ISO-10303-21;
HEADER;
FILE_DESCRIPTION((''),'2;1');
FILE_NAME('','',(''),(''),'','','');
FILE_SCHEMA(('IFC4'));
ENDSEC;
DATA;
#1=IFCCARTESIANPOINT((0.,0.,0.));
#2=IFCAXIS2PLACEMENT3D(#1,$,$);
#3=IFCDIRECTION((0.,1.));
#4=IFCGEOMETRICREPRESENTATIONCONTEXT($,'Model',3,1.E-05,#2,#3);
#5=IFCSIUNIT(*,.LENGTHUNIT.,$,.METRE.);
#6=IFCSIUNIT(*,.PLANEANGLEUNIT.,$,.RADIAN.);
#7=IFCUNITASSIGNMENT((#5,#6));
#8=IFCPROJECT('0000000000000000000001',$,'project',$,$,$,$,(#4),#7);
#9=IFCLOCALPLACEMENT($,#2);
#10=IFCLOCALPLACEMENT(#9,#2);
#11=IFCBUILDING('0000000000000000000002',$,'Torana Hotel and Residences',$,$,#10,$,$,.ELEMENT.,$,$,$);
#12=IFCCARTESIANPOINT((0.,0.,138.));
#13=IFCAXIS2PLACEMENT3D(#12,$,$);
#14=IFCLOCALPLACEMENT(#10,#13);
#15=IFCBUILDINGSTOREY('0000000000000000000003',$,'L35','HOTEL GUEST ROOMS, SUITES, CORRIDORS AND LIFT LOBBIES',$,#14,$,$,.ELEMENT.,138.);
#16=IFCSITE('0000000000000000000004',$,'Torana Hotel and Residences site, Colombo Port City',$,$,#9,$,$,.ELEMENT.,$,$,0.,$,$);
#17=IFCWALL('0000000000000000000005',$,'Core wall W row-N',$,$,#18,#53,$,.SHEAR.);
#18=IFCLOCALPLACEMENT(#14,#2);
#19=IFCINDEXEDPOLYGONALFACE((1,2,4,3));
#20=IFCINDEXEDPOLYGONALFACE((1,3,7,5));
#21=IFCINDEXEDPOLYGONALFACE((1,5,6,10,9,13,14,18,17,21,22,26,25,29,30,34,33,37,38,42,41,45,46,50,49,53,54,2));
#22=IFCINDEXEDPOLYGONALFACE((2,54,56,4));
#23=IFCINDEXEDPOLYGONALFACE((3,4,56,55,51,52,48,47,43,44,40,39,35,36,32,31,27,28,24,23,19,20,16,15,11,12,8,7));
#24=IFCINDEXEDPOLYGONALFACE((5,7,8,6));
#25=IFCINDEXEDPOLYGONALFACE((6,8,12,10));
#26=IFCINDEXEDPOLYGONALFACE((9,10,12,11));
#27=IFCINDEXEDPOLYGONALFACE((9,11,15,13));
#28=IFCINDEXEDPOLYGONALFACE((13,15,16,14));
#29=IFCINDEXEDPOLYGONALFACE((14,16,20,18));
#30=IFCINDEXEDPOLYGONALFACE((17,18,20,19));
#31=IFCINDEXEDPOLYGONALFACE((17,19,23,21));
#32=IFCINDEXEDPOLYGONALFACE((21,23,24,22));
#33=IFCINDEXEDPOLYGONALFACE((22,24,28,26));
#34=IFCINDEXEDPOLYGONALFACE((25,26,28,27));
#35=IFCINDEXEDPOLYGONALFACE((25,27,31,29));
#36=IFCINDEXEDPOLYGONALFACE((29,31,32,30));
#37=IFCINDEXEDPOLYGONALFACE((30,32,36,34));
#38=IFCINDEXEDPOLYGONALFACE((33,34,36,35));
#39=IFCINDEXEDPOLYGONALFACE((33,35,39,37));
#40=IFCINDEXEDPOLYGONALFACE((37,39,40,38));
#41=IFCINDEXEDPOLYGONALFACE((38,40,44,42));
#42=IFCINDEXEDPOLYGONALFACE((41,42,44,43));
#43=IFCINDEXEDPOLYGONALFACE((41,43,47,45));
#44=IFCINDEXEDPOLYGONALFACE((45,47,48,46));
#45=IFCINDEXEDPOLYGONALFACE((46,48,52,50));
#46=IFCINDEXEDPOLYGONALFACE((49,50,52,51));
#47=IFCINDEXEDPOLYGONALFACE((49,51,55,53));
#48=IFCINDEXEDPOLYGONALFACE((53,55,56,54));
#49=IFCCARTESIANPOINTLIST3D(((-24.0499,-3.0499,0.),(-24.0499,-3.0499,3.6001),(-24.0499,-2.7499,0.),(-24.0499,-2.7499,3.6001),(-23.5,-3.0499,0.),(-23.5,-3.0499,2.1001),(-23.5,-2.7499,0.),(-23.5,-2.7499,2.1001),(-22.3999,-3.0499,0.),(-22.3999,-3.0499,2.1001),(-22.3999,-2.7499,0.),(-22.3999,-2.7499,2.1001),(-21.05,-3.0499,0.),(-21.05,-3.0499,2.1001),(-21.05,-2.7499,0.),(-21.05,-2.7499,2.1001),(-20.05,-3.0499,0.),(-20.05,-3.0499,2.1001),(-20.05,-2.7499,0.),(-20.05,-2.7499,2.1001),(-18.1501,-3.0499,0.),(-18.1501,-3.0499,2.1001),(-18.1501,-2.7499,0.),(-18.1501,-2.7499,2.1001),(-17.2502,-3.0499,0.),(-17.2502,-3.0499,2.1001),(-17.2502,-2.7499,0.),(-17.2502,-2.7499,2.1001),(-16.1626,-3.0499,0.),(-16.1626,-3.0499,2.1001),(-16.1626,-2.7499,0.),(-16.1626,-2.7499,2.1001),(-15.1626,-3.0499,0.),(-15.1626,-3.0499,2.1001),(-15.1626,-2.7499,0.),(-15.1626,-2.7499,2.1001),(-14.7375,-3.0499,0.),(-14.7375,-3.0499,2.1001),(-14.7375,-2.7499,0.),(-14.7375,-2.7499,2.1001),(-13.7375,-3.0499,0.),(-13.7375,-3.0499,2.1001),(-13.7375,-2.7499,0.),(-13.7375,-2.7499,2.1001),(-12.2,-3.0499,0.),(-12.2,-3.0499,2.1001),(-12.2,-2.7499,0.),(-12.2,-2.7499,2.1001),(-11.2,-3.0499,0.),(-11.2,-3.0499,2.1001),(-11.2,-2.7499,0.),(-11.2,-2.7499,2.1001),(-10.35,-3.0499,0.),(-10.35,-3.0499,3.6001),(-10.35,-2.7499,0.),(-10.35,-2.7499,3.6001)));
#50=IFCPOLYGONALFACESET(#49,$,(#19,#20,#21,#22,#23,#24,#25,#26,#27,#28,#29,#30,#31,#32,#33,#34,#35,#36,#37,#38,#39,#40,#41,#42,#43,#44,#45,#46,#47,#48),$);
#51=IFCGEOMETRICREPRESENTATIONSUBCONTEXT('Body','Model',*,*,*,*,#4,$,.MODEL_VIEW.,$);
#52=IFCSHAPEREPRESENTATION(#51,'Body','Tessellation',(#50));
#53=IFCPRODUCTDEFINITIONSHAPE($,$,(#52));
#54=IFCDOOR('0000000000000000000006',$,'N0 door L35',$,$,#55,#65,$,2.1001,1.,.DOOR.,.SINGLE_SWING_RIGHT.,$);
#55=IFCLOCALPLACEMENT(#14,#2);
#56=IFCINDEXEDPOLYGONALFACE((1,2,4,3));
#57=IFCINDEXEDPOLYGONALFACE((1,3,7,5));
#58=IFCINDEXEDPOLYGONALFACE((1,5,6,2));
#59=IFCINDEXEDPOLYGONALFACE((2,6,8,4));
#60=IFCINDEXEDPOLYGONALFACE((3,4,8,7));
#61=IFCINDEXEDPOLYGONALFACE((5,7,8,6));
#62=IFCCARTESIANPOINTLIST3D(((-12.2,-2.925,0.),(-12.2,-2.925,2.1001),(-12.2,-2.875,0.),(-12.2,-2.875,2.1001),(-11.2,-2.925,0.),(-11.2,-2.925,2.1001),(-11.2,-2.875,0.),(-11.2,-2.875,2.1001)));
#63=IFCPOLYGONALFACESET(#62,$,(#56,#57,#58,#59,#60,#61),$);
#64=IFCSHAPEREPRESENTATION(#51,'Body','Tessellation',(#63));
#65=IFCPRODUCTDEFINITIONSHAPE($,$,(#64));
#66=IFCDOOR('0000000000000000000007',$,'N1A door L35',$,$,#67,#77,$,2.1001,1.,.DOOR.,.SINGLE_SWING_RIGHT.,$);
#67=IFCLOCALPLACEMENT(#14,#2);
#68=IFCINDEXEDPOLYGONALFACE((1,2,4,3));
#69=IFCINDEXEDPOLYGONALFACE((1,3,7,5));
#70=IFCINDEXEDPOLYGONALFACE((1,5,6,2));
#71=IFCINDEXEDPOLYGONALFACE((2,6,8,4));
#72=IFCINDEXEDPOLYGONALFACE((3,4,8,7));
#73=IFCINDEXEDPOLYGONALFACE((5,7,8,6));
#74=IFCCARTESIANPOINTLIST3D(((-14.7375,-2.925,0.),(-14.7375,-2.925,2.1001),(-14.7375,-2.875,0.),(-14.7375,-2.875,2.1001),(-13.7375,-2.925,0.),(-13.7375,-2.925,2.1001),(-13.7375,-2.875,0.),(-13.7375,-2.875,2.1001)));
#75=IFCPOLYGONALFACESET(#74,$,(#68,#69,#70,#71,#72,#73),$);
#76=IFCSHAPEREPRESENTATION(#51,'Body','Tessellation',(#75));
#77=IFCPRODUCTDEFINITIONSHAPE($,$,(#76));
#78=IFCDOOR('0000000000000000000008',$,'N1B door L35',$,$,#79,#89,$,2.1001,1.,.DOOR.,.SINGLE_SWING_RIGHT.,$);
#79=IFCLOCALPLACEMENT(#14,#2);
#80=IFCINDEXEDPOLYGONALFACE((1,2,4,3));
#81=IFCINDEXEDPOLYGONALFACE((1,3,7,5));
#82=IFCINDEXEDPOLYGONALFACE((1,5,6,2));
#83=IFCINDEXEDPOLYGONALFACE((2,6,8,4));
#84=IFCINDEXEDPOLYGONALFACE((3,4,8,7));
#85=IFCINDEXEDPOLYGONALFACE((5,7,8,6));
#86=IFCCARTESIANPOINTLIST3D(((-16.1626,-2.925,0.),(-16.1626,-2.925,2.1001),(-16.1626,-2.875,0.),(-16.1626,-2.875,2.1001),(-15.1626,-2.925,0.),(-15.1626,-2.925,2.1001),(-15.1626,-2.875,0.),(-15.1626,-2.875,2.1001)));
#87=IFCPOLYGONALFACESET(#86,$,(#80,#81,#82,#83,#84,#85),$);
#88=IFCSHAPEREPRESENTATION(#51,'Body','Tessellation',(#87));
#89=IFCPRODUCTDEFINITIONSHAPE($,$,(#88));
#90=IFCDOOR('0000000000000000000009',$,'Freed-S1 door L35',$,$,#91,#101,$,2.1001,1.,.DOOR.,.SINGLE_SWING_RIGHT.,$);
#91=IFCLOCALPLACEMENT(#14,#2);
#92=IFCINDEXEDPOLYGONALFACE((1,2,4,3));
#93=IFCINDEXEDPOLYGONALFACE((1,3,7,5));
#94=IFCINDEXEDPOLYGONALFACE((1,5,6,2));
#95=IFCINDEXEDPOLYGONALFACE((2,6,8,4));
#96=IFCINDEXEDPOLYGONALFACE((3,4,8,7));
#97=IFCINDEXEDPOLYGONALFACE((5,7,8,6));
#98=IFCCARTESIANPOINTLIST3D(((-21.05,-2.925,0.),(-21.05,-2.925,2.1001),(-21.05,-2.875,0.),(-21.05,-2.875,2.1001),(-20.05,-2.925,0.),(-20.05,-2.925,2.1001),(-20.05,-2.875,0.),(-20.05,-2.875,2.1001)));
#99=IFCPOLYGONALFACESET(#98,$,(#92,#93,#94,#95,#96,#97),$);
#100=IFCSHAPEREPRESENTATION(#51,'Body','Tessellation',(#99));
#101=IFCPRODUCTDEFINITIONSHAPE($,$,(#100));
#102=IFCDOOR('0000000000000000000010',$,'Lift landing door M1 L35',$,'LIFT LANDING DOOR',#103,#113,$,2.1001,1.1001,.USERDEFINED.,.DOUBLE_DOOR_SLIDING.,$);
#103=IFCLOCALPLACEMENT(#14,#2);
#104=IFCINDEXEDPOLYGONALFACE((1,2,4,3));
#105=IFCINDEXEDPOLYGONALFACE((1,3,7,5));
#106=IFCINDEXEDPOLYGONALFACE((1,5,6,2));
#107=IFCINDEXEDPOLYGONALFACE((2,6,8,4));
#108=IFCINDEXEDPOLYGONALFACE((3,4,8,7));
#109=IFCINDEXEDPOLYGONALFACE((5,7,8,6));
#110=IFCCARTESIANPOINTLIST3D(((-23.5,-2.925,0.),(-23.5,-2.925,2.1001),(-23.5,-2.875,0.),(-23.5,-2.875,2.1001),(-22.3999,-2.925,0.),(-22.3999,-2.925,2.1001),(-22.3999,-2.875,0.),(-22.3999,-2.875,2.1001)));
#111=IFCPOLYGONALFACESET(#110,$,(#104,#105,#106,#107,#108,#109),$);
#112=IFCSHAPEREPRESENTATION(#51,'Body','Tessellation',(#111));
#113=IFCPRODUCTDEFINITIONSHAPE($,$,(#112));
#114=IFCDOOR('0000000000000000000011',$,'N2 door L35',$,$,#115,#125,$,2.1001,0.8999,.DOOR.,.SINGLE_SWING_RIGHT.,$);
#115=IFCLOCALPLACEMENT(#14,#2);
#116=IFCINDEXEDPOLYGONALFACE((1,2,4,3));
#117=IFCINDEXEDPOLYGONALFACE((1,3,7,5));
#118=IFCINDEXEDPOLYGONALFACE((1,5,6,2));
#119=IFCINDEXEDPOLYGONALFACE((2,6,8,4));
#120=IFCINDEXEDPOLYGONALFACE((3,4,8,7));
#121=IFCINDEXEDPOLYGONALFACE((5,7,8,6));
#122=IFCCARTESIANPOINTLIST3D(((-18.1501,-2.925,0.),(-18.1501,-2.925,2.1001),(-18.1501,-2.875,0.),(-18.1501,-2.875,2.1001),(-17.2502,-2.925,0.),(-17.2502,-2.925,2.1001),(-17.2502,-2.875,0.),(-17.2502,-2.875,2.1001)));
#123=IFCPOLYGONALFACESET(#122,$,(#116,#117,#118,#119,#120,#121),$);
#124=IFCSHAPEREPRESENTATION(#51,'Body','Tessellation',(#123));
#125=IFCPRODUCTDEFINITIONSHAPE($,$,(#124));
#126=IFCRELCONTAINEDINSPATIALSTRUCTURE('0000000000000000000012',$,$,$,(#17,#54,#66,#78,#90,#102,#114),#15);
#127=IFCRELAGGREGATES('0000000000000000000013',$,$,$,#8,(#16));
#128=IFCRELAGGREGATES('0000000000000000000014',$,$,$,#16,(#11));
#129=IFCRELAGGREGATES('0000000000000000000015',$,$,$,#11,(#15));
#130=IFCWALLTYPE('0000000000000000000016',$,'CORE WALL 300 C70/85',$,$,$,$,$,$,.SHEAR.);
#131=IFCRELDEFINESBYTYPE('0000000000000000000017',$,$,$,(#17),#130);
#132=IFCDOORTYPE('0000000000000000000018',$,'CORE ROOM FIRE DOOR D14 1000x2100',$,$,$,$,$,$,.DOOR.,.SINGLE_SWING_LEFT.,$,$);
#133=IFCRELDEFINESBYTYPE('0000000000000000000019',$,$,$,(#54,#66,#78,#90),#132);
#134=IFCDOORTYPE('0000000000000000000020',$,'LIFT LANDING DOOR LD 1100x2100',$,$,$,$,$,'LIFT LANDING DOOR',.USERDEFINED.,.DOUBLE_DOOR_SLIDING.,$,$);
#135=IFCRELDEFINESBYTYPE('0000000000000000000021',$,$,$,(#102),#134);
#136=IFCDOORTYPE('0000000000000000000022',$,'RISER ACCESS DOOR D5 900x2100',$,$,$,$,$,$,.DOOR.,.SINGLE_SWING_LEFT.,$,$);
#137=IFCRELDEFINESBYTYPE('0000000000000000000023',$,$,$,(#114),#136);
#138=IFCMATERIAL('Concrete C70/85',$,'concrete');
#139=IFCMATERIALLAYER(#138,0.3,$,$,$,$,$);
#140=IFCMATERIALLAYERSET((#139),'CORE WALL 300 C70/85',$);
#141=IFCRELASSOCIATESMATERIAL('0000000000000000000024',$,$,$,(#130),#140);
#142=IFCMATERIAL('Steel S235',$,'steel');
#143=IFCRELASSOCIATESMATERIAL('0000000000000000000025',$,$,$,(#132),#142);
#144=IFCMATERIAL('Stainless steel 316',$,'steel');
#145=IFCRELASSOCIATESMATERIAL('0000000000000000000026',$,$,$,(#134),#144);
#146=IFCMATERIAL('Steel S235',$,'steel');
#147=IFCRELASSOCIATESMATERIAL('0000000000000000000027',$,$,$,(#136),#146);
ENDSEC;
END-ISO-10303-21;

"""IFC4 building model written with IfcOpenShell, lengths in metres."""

from ifc_helpers import new_model, si_unit, direction, frame, frame_2d, origin, place, context, subcontext, project, spatial, rectangle, extrude, material, layer, layer_set, type_object, element, fill, save


model = new_model("IFC4")

# Units and contexts
model_context = context("Model", 3, precision=1e-05, world=origin(), true_north=direction((0.0, 1.0)))
body_context = subcontext(model_context, "Body", "Model", "MODEL_VIEW")
ifc_project = project(units=[si_unit("LENGTHUNIT", "METRE"), si_unit("PLANEANGLEUNIT", "RADIAN")], contexts=[model_context])

# Site, building, storey
site_placement = place(None, origin())
site = spatial("IfcSite", under=ifc_project, at=site_placement, Name="Torana Hotel and Residences site, Colombo Port City", CompositionType="ELEMENT", RefElevation=0.0)
building_placement = place(site_placement, origin())
building = spatial("IfcBuilding", under=site, at=building_placement, Name="Torana Hotel and Residences", CompositionType="ELEMENT")
storey_placement = place(building_placement, frame((0.0, 0.0, 138.0)))
storey = spatial("IfcBuildingStorey", under=building, at=storey_placement, Name="L35", Description="HOTEL GUEST ROOMS, SUITES, CORRIDORS AND LIFT LOBBIES", CompositionType="ELEMENT", Elevation=138.0)

# Wall, openings, doors
ifc_material_1 = material(Name="Concrete C70/85", Category="concrete")
ifc_layer_1 = layer(ifc_material_1, 0.3)
ifc_layer_set_1 = layer_set([ifc_layer_1], Name="CORE WALL 300 C70/85")
wall_type_1 = type_object("IfcWallType", Name="CORE WALL 300 C70/85", PredefinedType="SHEAR", material=ifc_layer_set_1)
wall_1_placement = place(storey_placement, frame((-24.05, -2.8999, 0.0), z_axis=(0.0, 0.0, 1.0), x_axis=(1.0, 0.0, 0.0)))
wall_1 = element("IfcWall", 1, at=wall_1_placement, inside=storey, type_object=wall_type_1, Name="Core wall W row-N", PredefinedType="SHEAR", context=body_context, shape_type="SweptSolid", body=[
    extrude(rectangle(XDim=13.7, YDim=0.3, at=frame_2d((6.8501, 0.0))), origin(), (0.0, 0.0, 1.0), 3.6001),
])
opening_1_placement = place(wall_1_placement, frame((0.55, 0.0, 0.0)))
opening_1 = element("IfcOpeningElement", 2, at=opening_1_placement, cuts=wall_1, PredefinedType="OPENING", context=body_context, shape_type="SweptSolid", body=[
    extrude(rectangle(XDim=1.1001, YDim=2.1001, at=frame_2d((0.55, 1.05))), frame((0.0, 0.1599, 0.0), z_axis=(0.0, -1.0, 0.0), x_axis=(1.0, 0.0, 0.0)), (0.0, 0.0, 1.0), 0.3201),
])
opening_2_placement = place(wall_1_placement, frame((5.8999, 0.0, 0.0)))
opening_2 = element("IfcOpeningElement", 3, at=opening_2_placement, cuts=wall_1, PredefinedType="OPENING", context=body_context, shape_type="SweptSolid", body=[
    extrude(rectangle(XDim=0.8999, YDim=2.1001, at=frame_2d((0.45, 1.05))), frame((0.0, 0.1599, 0.0), z_axis=(0.0, -1.0, 0.0), x_axis=(1.0, 0.0, 0.0)), (0.0, 0.0, 1.0), 0.3201),
])
opening_3_placement = place(wall_1_placement, frame((11.8501, 0.0, 0.0)))
opening_3 = element("IfcOpeningElement", 4, at=opening_3_placement, cuts=wall_1, PredefinedType="OPENING", context=body_context, shape_type="SweptSolid", body=[
    extrude(rectangle(XDim=1.0, YDim=2.1001, at=frame_2d((0.5, 1.05))), frame((0.0, 0.1599, 0.0), z_axis=(0.0, -1.0, 0.0), x_axis=(1.0, 0.0, 0.0)), (0.0, 0.0, 1.0), 0.3201),
])
opening_4_placement = place(wall_1_placement, frame((9.3125, 0.0, 0.0)))
opening_4 = element("IfcOpeningElement", 5, at=opening_4_placement, cuts=wall_1, PredefinedType="OPENING", context=body_context, shape_type="SweptSolid", body=[
    extrude(rectangle(XDim=1.0, YDim=2.1001, at=frame_2d((0.5, 1.05))), frame((0.0, 0.1599, 0.0), z_axis=(0.0, -1.0, 0.0), x_axis=(1.0, 0.0, 0.0)), (0.0, 0.0, 1.0), 0.3201),
])
opening_5_placement = place(wall_1_placement, frame((7.8875, 0.0, 0.0)))
opening_5 = element("IfcOpeningElement", 6, at=opening_5_placement, cuts=wall_1, PredefinedType="OPENING", context=body_context, shape_type="SweptSolid", body=[
    extrude(rectangle(XDim=1.0, YDim=2.1001, at=frame_2d((0.5, 1.05))), frame((0.0, 0.1599, 0.0), z_axis=(0.0, -1.0, 0.0), x_axis=(1.0, 0.0, 0.0)), (0.0, 0.0, 1.0), 0.3201),
])
opening_6_placement = place(wall_1_placement, frame((3.0, 0.0, 0.0)))
opening_6 = element("IfcOpeningElement", 7, at=opening_6_placement, cuts=wall_1, PredefinedType="OPENING", context=body_context, shape_type="SweptSolid", body=[
    extrude(rectangle(XDim=1.0, YDim=2.1001, at=frame_2d((0.5, 1.05))), frame((0.0, 0.1599, 0.0), z_axis=(0.0, -1.0, 0.0), x_axis=(1.0, 0.0, 0.0)), (0.0, 0.0, 1.0), 0.3201),
])
ifc_material_2 = material(Name="Steel S235", Category="steel")
door_type_1 = type_object("IfcDoorType", Name="CORE ROOM FIRE DOOR D14 1000x2100", OperationType="SINGLE_SWING_LEFT", PredefinedType="DOOR", material=ifc_material_2)
door_1_placement = place(opening_3_placement, origin())
door_1 = element("IfcDoor", 8, at=door_1_placement, inside=storey, type_object=door_type_1, Name="N0 door L35", OperationType="SINGLE_SWING_RIGHT", OverallHeight=2.1001, OverallWidth=1.0, PredefinedType="DOOR", context=body_context, shape_type="SweptSolid", body=[
    extrude(rectangle(XDim=1.0, YDim=2.1001, at=frame_2d((0.5, 1.05))), frame((0.0, 0.0249, 0.0), z_axis=(0.0, -1.0, 0.0), x_axis=(1.0, 0.0, 0.0)), (0.0, 0.0, 1.0), 0.05),
])
fill(opening_3, door_1)
door_2_placement = place(opening_4_placement, origin())
door_2 = element("IfcDoor", 9, at=door_2_placement, inside=storey, type_object=door_type_1, Name="N1A door L35", OperationType="SINGLE_SWING_RIGHT", OverallHeight=2.1001, OverallWidth=1.0, PredefinedType="DOOR", context=body_context, shape_type="SweptSolid", body=[
    extrude(rectangle(XDim=1.0, YDim=2.1001, at=frame_2d((0.5, 1.05))), frame((0.0, 0.0249, 0.0), z_axis=(0.0, -1.0, 0.0), x_axis=(1.0, 0.0, 0.0)), (0.0, 0.0, 1.0), 0.05),
])
fill(opening_4, door_2)
door_3_placement = place(opening_5_placement, origin())
door_3 = element("IfcDoor", 10, at=door_3_placement, inside=storey, type_object=door_type_1, Name="N1B door L35", OperationType="SINGLE_SWING_RIGHT", OverallHeight=2.1001, OverallWidth=1.0, PredefinedType="DOOR", context=body_context, shape_type="SweptSolid", body=[
    extrude(rectangle(XDim=1.0, YDim=2.1001, at=frame_2d((0.5, 1.05))), frame((0.0, 0.0249, 0.0), z_axis=(0.0, -1.0, 0.0), x_axis=(1.0, 0.0, 0.0)), (0.0, 0.0, 1.0), 0.05),
])
fill(opening_5, door_3)
door_4_placement = place(opening_6_placement, origin())
door_4 = element("IfcDoor", 11, at=door_4_placement, inside=storey, type_object=door_type_1, Name="Freed-S1 door L35", OperationType="SINGLE_SWING_RIGHT", OverallHeight=2.1001, OverallWidth=1.0, PredefinedType="DOOR", context=body_context, shape_type="SweptSolid", body=[
    extrude(rectangle(XDim=1.0, YDim=2.1001, at=frame_2d((0.5, 1.05))), frame((0.0, 0.0249, 0.0), z_axis=(0.0, -1.0, 0.0), x_axis=(1.0, 0.0, 0.0)), (0.0, 0.0, 1.0), 0.05),
])
fill(opening_6, door_4)
ifc_material_3 = material(Name="Stainless steel 316", Category="steel")
door_type_2 = type_object("IfcDoorType", Name="LIFT LANDING DOOR LD 1100x2100", ElementType="LIFT LANDING DOOR", OperationType="DOUBLE_DOOR_SLIDING", PredefinedType="USERDEFINED", material=ifc_material_3)
door_5_placement = place(opening_1_placement, origin())
door_5 = element("IfcDoor", 12, at=door_5_placement, inside=storey, type_object=door_type_2, Name="Lift landing door M1 L35", ObjectType="LIFT LANDING DOOR", OperationType="DOUBLE_DOOR_SLIDING", OverallHeight=2.1001, OverallWidth=1.1001, PredefinedType="USERDEFINED", context=body_context, shape_type="SweptSolid", body=[
    extrude(rectangle(XDim=1.1001, YDim=2.1001, at=frame_2d((0.55, 1.05))), frame((0.0, 0.0249, 0.0), z_axis=(0.0, -1.0, 0.0), x_axis=(1.0, 0.0, 0.0)), (0.0, 0.0, 1.0), 0.05),
])
fill(opening_1, door_5)
ifc_material_4 = material(Name="Steel S235", Category="steel")
door_type_3 = type_object("IfcDoorType", Name="RISER ACCESS DOOR D5 900x2100", OperationType="SINGLE_SWING_LEFT", PredefinedType="DOOR", material=ifc_material_4)
door_6_placement = place(opening_2_placement, origin())
door_6 = element("IfcDoor", 13, at=door_6_placement, inside=storey, type_object=door_type_3, Name="N2 door L35", OperationType="SINGLE_SWING_RIGHT", OverallHeight=2.1001, OverallWidth=0.8999, PredefinedType="DOOR", context=body_context, shape_type="SweptSolid", body=[
    extrude(rectangle(XDim=0.8999, YDim=2.1001, at=frame_2d((0.45, 1.05))), frame((0.0, 0.0249, 0.0), z_axis=(0.0, -1.0, 0.0), x_axis=(1.0, 0.0, 0.0)), (0.0, 0.0, 1.0), 0.05),
])
fill(opening_2, door_6)

save(model, "model.ifc")
